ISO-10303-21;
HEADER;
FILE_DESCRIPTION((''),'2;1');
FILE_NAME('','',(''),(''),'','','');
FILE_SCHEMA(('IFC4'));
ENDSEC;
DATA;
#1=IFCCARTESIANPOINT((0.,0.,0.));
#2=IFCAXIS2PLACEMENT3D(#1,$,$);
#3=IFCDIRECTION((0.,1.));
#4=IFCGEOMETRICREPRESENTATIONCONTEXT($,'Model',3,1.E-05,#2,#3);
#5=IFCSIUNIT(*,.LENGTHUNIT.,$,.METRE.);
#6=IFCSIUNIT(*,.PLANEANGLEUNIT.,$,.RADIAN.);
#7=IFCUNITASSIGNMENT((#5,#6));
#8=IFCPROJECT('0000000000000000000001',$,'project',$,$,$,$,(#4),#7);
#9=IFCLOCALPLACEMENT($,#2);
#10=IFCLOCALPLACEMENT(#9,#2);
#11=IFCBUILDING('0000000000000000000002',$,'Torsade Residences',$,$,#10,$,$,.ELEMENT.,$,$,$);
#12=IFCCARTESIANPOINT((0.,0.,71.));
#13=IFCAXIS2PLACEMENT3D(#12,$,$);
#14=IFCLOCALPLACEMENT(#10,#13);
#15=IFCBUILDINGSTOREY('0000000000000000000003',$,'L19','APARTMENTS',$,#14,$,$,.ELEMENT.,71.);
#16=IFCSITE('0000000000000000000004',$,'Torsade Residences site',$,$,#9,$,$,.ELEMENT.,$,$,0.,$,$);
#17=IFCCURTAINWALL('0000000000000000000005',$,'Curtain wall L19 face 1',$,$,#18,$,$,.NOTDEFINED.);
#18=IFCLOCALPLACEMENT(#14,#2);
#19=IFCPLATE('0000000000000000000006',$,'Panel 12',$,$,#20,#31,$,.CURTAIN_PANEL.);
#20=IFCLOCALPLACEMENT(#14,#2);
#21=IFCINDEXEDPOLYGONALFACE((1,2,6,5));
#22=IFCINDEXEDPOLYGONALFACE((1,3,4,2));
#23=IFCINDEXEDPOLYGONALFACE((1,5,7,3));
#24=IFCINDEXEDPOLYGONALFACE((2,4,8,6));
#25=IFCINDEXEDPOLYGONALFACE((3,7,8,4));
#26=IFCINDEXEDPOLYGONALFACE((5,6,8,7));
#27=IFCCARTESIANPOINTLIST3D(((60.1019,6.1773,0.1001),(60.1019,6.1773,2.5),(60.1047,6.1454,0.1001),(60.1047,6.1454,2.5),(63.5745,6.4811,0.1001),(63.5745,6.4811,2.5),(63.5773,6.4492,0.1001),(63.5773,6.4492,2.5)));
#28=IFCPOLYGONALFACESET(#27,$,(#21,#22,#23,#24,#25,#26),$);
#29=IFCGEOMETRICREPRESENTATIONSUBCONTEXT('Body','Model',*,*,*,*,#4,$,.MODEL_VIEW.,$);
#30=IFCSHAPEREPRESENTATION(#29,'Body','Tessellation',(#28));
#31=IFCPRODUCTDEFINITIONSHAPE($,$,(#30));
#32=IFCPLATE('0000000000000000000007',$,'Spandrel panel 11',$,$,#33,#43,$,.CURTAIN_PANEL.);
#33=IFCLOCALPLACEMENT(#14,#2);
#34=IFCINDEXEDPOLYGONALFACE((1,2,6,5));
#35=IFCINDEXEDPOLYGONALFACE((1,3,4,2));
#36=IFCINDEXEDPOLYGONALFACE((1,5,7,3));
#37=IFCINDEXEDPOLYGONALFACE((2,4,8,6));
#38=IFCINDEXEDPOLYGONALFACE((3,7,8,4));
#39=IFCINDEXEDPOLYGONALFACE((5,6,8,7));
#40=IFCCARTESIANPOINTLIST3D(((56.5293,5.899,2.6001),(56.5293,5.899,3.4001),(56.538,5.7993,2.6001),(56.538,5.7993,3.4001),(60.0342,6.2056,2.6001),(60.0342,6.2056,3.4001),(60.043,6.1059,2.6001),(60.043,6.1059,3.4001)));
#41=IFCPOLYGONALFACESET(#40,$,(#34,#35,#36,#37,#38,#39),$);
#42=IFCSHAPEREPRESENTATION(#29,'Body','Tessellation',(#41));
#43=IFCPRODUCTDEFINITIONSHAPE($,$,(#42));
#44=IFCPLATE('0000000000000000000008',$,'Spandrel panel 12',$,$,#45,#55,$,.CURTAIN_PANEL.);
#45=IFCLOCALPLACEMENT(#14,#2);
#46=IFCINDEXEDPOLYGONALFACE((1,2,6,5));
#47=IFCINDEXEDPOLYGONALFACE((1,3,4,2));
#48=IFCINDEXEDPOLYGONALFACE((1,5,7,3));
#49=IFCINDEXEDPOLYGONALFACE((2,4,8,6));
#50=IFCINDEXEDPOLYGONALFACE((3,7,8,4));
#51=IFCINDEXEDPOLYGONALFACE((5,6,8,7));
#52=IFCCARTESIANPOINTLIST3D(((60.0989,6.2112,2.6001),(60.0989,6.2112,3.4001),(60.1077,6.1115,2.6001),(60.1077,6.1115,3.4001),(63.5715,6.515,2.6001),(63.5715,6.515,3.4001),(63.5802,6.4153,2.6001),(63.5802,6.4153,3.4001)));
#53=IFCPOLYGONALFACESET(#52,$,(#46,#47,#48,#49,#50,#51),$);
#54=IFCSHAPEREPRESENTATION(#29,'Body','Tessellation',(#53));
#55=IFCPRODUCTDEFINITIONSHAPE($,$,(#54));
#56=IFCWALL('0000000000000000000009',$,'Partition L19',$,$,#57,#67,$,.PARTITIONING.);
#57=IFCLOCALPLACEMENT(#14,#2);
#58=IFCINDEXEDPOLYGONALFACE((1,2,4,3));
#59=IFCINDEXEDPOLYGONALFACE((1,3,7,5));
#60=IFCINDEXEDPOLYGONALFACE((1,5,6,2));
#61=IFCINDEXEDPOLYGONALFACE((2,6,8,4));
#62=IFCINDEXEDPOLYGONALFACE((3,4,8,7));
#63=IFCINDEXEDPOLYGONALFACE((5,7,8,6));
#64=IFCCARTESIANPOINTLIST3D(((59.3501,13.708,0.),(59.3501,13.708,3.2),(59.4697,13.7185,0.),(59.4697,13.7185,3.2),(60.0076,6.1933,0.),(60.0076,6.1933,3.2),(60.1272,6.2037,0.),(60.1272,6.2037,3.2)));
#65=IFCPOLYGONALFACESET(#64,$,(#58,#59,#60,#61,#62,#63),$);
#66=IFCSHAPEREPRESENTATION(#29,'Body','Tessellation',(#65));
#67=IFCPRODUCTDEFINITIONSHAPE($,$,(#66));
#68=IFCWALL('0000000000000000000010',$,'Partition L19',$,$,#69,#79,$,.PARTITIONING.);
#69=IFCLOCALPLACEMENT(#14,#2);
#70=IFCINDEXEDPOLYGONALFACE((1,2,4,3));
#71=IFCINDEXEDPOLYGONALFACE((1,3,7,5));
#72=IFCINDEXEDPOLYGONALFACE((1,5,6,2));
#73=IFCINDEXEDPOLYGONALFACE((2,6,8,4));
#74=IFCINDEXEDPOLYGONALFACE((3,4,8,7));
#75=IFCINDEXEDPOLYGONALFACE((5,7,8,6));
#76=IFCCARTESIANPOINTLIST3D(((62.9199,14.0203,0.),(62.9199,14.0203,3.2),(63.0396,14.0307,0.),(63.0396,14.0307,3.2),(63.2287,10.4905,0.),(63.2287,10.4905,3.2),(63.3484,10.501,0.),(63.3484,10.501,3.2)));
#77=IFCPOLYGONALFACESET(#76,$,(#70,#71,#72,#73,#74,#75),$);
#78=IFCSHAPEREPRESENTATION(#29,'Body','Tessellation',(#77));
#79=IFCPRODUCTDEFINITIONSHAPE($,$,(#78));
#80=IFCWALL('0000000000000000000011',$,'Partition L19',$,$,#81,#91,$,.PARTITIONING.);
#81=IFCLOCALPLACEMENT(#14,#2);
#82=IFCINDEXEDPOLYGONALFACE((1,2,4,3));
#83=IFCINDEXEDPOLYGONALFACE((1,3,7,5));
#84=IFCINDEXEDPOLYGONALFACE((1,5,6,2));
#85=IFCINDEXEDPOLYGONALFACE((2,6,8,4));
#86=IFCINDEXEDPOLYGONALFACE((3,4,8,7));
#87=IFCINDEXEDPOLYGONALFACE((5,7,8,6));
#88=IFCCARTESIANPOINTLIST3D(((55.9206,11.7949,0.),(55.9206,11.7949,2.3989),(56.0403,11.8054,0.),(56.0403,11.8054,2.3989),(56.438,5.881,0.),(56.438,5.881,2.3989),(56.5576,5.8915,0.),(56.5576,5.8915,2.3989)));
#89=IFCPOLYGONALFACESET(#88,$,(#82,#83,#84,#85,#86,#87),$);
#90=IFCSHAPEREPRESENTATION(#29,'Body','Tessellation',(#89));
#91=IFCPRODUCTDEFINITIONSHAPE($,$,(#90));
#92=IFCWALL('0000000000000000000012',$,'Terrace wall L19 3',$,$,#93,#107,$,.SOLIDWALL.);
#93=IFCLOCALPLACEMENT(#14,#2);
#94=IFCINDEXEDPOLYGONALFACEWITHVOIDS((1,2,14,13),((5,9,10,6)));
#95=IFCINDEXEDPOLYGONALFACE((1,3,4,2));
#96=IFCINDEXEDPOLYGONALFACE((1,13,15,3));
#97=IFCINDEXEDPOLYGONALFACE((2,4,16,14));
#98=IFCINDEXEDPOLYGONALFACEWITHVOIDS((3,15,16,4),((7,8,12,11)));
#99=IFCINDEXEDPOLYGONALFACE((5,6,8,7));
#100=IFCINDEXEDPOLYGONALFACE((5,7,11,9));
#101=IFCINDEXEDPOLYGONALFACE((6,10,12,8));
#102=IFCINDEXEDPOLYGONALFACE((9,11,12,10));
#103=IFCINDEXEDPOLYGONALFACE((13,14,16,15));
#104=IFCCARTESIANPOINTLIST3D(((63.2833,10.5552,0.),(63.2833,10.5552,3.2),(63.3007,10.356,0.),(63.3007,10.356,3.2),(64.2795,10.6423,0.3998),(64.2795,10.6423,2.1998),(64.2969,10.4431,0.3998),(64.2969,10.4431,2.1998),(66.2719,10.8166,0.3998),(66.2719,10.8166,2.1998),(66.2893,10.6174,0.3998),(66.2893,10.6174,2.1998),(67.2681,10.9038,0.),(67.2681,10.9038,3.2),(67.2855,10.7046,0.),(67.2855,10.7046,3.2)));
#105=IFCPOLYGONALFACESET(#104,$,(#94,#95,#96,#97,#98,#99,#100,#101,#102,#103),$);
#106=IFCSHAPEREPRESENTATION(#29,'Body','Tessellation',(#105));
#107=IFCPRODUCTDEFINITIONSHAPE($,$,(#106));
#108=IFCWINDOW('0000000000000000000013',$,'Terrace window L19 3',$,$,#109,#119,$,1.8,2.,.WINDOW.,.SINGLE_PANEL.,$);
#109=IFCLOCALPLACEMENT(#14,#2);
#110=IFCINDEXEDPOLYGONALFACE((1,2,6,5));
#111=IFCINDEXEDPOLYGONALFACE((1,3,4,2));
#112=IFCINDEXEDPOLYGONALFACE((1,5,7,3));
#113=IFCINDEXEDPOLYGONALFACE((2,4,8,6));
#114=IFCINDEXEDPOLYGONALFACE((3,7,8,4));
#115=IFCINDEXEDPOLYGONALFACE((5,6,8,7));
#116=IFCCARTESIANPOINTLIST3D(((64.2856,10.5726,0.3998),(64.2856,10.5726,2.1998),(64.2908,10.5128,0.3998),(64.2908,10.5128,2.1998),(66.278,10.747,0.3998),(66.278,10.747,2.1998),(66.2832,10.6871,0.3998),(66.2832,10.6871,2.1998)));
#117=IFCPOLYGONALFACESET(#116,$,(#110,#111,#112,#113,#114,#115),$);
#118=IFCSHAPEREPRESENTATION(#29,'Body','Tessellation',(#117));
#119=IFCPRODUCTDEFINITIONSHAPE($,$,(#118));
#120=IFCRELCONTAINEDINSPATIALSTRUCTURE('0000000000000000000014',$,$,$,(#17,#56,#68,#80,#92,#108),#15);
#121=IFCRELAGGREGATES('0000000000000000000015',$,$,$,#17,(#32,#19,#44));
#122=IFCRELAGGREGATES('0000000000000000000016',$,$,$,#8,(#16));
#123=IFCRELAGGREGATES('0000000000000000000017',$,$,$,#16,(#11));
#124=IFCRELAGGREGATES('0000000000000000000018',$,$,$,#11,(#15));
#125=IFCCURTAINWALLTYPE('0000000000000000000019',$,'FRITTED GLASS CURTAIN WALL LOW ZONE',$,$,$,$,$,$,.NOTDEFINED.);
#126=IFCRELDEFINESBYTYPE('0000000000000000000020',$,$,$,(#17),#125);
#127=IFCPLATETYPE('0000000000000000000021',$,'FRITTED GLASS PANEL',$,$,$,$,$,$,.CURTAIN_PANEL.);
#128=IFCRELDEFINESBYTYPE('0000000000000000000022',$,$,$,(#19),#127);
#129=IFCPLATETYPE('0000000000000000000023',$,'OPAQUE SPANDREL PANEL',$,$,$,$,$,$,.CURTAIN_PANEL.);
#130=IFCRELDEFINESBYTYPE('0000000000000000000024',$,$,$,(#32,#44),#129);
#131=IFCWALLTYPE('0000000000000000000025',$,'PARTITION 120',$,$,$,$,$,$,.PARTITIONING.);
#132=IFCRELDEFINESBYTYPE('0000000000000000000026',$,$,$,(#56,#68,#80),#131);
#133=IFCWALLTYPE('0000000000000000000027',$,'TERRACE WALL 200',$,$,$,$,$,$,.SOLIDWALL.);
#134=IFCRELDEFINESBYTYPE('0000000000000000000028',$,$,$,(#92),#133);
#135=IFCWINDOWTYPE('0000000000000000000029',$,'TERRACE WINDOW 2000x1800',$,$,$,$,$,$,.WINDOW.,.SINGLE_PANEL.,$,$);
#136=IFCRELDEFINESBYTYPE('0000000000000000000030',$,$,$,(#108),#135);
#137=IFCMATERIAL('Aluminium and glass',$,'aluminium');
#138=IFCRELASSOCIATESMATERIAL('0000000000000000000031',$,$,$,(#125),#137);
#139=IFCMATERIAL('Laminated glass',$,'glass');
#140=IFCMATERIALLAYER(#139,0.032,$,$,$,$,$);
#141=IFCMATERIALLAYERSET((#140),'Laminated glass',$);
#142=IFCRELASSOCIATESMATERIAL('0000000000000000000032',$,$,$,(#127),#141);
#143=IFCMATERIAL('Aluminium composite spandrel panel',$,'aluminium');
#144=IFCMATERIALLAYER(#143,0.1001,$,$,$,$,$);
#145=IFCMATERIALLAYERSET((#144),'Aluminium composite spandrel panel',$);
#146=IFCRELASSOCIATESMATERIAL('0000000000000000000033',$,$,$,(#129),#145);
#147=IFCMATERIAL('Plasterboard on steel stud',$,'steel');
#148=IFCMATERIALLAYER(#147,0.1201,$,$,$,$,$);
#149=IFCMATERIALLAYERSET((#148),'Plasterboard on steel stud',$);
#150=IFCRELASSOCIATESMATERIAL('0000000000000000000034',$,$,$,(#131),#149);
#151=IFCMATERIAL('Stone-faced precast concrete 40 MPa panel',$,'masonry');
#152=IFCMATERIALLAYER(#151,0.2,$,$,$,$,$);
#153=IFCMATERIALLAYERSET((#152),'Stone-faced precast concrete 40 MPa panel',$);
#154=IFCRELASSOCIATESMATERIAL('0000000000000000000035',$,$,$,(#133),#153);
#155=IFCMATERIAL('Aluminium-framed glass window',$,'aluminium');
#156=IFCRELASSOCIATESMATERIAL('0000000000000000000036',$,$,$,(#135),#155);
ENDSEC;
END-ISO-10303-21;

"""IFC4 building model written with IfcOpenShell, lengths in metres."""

from ifc_helpers import new_model, si_unit, direction, frame, frame_2d, origin, origin_2d, place, context, subcontext, project, spatial, rectangle, extrude, material, layer, layer_set, type_object, element, fill, aggregate, save


model = new_model("IFC4")

# Units and contexts
model_context = context("Model", 3, precision=1e-05, world=origin(), true_north=direction((0.0, 1.0)))
body_context = subcontext(model_context, "Body", "Model", "MODEL_VIEW")
ifc_project = project(units=[si_unit("LENGTHUNIT", "METRE"), si_unit("PLANEANGLEUNIT", "RADIAN")], contexts=[model_context])

# Site, building, storey
site_placement = place(None, origin())
site = spatial("IfcSite", under=ifc_project, at=site_placement, Name="Torsade Residences site", CompositionType="ELEMENT", RefElevation=0.0)
building_placement = place(site_placement, origin())
building = spatial("IfcBuilding", under=site, at=building_placement, Name="Torsade Residences", CompositionType="ELEMENT")
storey_placement = place(building_placement, frame((0.0, 0.0, 71.0)))
storey = spatial("IfcBuildingStorey", under=building, at=storey_placement, Name="L19", Description="APARTMENTS", CompositionType="ELEMENT", Elevation=71.0)

# Curtain wall
ifc_material_1 = material(Name="Aluminium and glass", Category="aluminium")
curtain_wall_type = type_object("IfcCurtainWallType", Name="FRITTED GLASS CURTAIN WALL LOW ZONE", PredefinedType="NOTDEFINED", material=ifc_material_1)
curtain_wall_placement = place(storey_placement, origin())
curtain_wall = element("IfcCurtainWall", 1, at=curtain_wall_placement, inside=storey, type_object=curtain_wall_type, Name="Curtain wall L19 face 1", PredefinedType="NOTDEFINED")

# Plates
ifc_material_2 = material(Name="Laminated glass", Category="glass")
ifc_layer_1 = layer(ifc_material_2, 0.032)
ifc_layer_set_1 = layer_set([ifc_layer_1], Name="Laminated glass")
plate_type_1 = type_object("IfcPlateType", Name="FRITTED GLASS PANEL", PredefinedType="CURTAIN_PANEL", material=ifc_layer_set_1)
plate_1_placement = place(storey_placement, frame((61.8396, 6.3132, 0.1001), z_axis=(0.0, 0.0, 1.0), x_axis=(0.996195, 0.087156, 0.0)))
plate_1 = element("IfcPlate", 2, at=plate_1_placement, type_object=plate_type_1, Name="Panel 12", PredefinedType="CURTAIN_PANEL", context=body_context, shape_type="SweptSolid", body=[
    extrude(rectangle(XDim=3.4858, YDim=0.032, at=origin_2d()), origin(), (0.0, 0.0, 1.0), 2.3999),
])
ifc_material_3 = material(Name="Aluminium composite spandrel panel", Category="aluminium")
ifc_layer_2 = layer(ifc_material_3, 0.1001)
ifc_layer_set_2 = layer_set([ifc_layer_2], Name="Aluminium composite spandrel panel")
plate_type_2 = type_object("IfcPlateType", Name="OPAQUE SPANDREL PANEL", PredefinedType="CURTAIN_PANEL", material=ifc_layer_set_2)
plate_2_placement = place(storey_placement, frame((58.2861, 6.0024, 2.6001), z_axis=(0.0, 0.0, 1.0), x_axis=(0.996195, 0.087156, 0.0)))
plate_2 = element("IfcPlate", 3, at=plate_2_placement, type_object=plate_type_2, Name="Spandrel panel 11", PredefinedType="CURTAIN_PANEL", context=body_context, shape_type="SweptSolid", body=[
    extrude(rectangle(XDim=3.5183, YDim=0.1001, at=origin_2d()), origin(), (0.0, 0.0, 1.0), 0.8),
])
plate_3_placement = place(storey_placement, frame((61.8396, 6.3132, 2.6001), z_axis=(0.0, 0.0, 1.0), x_axis=(0.996195, 0.087156, 0.0)))
plate_3 = element("IfcPlate", 4, at=plate_3_placement, type_object=plate_type_2, Name="Spandrel panel 12", PredefinedType="CURTAIN_PANEL", context=body_context, shape_type="SweptSolid", body=[
    extrude(rectangle(XDim=3.4858, YDim=0.1001, at=origin_2d()), origin(), (0.0, 0.0, 1.0), 0.8),
])
aggregate(curtain_wall, [plate_2, plate_1, plate_3])

# Shared definitions
ifc_material_4 = material(Name="Plasterboard on steel stud", Category="steel")
ifc_layer_3 = layer(ifc_material_4, 0.1201)
ifc_layer_set_3 = layer_set([ifc_layer_3], Name="Plasterboard on steel stud")
wall_type_1 = type_object("IfcWallType", Name="PARTITION 120", PredefinedType="PARTITIONING", material=ifc_layer_set_3)

# Walls
wall_1_placement = place(storey_placement, frame((60.0674, 6.1985, 0.0), z_axis=(0.0, 0.0, 1.0), x_axis=(-0.087159, 0.996194, 0.0)))
element("IfcWall", 5, at=wall_1_placement, inside=storey, type_object=wall_type_1, Name="Partition L19", PredefinedType="PARTITIONING", context=body_context, shape_type="SweptSolid", body=[
    extrude(rectangle(XDim=7.5435, YDim=0.1201, at=frame_2d((3.7717, 0.0))), origin(), (0.0, 0.0, 1.0), 3.2),
])
wall_2_placement = place(storey_placement, frame((62.9797, 14.0254, 0.0), z_axis=(0.0, 0.0, 1.0), x_axis=(0.087162, -0.996194, 0.0)))
element("IfcWall", 6, at=wall_2_placement, inside=storey, type_object=wall_type_1, Name="Partition L19", PredefinedType="PARTITIONING", context=body_context, shape_type="SweptSolid", body=[
    extrude(rectangle(XDim=3.5432, YDim=0.1201, at=frame_2d((1.7715, 0.0))), origin(), (0.0, 0.0, 1.0), 3.2),
])
wall_3_placement = place(storey_placement, frame((56.4978, 5.8862, 0.0), z_axis=(0.0, 0.0, 1.0), x_axis=(-0.087146, 0.996196, 0.0)))
element("IfcWall", 7, at=wall_3_placement, inside=storey, type_object=wall_type_1, Name="Partition L19", PredefinedType="PARTITIONING", context=body_context, shape_type="SweptSolid", body=[
    extrude(rectangle(XDim=5.9365, YDim=0.1201, at=frame_2d((2.9683, 0.0))), origin(), (0.0, 0.0, 1.0), 2.3989),
])

# Wall, opening, window
ifc_material_5 = material(Name="Stone-faced precast concrete 40 MPa panel", Category="masonry")
ifc_layer_4 = layer(ifc_material_5, 0.2)
ifc_layer_set_4 = layer_set([ifc_layer_4], Name="Stone-faced precast concrete 40 MPa panel")
wall_type_2 = type_object("IfcWallType", Name="TERRACE WALL 200", PredefinedType="SOLIDWALL", material=ifc_layer_set_4)
wall_4_placement = place(storey_placement, frame((63.292, 10.4556, 0.0), z_axis=(0.0, 0.0, 1.0), x_axis=(0.996195, 0.087156, 0.0)))
wall_4 = element("IfcWall", 8, at=wall_4_placement, inside=storey, type_object=wall_type_2, Name="Terrace wall L19 3", PredefinedType="SOLIDWALL", context=body_context, shape_type="SweptSolid", body=[
    extrude(rectangle(XDim=4.0, YDim=0.2, at=frame_2d((2.0, 0.0))), origin(), (0.0, 0.0, 1.0), 3.2),
])
opening_1_placement = place(wall_4_placement, frame((1.0, 0.0, 0.3999)))
opening_1 = element("IfcOpeningElement", 9, at=opening_1_placement, cuts=wall_4, PredefinedType="OPENING", context=body_context, shape_type="SweptSolid", body=[
    extrude(rectangle(XDim=2.0, YDim=1.8, at=frame_2d((1.0, 0.8999))), frame((0.0, 0.1099, 0.0), z_axis=(0.0, -1.0, 0.0), x_axis=(1.0, 0.0, 0.0)), (0.0, 0.0, 1.0), 0.22),
])
ifc_material_6 = material(Name="Aluminium-framed glass window", Category="aluminium")
window_type = type_object("IfcWindowType", Name="TERRACE WINDOW 2000x1800", PartitioningType="SINGLE_PANEL", PredefinedType="WINDOW", material=ifc_material_6)
window_placement = place(opening_1_placement, origin())
window = element("IfcWindow", 10, at=window_placement, inside=storey, type_object=window_type, Name="Terrace window L19 3", OverallHeight=1.8, OverallWidth=2.0, PartitioningType="SINGLE_PANEL", PredefinedType="WINDOW", context=body_context, shape_type="SweptSolid", body=[
    extrude(rectangle(XDim=2.0, YDim=1.8, at=frame_2d((1.0, 0.8999))), frame((0.0, 0.03, 0.0), z_axis=(0.0, -1.0, 0.0), x_axis=(1.0, 0.0, 0.0)), (0.0, 0.0, 1.0), 0.0601),
])
fill(opening_1, window)

save(model, "model.ifc")
